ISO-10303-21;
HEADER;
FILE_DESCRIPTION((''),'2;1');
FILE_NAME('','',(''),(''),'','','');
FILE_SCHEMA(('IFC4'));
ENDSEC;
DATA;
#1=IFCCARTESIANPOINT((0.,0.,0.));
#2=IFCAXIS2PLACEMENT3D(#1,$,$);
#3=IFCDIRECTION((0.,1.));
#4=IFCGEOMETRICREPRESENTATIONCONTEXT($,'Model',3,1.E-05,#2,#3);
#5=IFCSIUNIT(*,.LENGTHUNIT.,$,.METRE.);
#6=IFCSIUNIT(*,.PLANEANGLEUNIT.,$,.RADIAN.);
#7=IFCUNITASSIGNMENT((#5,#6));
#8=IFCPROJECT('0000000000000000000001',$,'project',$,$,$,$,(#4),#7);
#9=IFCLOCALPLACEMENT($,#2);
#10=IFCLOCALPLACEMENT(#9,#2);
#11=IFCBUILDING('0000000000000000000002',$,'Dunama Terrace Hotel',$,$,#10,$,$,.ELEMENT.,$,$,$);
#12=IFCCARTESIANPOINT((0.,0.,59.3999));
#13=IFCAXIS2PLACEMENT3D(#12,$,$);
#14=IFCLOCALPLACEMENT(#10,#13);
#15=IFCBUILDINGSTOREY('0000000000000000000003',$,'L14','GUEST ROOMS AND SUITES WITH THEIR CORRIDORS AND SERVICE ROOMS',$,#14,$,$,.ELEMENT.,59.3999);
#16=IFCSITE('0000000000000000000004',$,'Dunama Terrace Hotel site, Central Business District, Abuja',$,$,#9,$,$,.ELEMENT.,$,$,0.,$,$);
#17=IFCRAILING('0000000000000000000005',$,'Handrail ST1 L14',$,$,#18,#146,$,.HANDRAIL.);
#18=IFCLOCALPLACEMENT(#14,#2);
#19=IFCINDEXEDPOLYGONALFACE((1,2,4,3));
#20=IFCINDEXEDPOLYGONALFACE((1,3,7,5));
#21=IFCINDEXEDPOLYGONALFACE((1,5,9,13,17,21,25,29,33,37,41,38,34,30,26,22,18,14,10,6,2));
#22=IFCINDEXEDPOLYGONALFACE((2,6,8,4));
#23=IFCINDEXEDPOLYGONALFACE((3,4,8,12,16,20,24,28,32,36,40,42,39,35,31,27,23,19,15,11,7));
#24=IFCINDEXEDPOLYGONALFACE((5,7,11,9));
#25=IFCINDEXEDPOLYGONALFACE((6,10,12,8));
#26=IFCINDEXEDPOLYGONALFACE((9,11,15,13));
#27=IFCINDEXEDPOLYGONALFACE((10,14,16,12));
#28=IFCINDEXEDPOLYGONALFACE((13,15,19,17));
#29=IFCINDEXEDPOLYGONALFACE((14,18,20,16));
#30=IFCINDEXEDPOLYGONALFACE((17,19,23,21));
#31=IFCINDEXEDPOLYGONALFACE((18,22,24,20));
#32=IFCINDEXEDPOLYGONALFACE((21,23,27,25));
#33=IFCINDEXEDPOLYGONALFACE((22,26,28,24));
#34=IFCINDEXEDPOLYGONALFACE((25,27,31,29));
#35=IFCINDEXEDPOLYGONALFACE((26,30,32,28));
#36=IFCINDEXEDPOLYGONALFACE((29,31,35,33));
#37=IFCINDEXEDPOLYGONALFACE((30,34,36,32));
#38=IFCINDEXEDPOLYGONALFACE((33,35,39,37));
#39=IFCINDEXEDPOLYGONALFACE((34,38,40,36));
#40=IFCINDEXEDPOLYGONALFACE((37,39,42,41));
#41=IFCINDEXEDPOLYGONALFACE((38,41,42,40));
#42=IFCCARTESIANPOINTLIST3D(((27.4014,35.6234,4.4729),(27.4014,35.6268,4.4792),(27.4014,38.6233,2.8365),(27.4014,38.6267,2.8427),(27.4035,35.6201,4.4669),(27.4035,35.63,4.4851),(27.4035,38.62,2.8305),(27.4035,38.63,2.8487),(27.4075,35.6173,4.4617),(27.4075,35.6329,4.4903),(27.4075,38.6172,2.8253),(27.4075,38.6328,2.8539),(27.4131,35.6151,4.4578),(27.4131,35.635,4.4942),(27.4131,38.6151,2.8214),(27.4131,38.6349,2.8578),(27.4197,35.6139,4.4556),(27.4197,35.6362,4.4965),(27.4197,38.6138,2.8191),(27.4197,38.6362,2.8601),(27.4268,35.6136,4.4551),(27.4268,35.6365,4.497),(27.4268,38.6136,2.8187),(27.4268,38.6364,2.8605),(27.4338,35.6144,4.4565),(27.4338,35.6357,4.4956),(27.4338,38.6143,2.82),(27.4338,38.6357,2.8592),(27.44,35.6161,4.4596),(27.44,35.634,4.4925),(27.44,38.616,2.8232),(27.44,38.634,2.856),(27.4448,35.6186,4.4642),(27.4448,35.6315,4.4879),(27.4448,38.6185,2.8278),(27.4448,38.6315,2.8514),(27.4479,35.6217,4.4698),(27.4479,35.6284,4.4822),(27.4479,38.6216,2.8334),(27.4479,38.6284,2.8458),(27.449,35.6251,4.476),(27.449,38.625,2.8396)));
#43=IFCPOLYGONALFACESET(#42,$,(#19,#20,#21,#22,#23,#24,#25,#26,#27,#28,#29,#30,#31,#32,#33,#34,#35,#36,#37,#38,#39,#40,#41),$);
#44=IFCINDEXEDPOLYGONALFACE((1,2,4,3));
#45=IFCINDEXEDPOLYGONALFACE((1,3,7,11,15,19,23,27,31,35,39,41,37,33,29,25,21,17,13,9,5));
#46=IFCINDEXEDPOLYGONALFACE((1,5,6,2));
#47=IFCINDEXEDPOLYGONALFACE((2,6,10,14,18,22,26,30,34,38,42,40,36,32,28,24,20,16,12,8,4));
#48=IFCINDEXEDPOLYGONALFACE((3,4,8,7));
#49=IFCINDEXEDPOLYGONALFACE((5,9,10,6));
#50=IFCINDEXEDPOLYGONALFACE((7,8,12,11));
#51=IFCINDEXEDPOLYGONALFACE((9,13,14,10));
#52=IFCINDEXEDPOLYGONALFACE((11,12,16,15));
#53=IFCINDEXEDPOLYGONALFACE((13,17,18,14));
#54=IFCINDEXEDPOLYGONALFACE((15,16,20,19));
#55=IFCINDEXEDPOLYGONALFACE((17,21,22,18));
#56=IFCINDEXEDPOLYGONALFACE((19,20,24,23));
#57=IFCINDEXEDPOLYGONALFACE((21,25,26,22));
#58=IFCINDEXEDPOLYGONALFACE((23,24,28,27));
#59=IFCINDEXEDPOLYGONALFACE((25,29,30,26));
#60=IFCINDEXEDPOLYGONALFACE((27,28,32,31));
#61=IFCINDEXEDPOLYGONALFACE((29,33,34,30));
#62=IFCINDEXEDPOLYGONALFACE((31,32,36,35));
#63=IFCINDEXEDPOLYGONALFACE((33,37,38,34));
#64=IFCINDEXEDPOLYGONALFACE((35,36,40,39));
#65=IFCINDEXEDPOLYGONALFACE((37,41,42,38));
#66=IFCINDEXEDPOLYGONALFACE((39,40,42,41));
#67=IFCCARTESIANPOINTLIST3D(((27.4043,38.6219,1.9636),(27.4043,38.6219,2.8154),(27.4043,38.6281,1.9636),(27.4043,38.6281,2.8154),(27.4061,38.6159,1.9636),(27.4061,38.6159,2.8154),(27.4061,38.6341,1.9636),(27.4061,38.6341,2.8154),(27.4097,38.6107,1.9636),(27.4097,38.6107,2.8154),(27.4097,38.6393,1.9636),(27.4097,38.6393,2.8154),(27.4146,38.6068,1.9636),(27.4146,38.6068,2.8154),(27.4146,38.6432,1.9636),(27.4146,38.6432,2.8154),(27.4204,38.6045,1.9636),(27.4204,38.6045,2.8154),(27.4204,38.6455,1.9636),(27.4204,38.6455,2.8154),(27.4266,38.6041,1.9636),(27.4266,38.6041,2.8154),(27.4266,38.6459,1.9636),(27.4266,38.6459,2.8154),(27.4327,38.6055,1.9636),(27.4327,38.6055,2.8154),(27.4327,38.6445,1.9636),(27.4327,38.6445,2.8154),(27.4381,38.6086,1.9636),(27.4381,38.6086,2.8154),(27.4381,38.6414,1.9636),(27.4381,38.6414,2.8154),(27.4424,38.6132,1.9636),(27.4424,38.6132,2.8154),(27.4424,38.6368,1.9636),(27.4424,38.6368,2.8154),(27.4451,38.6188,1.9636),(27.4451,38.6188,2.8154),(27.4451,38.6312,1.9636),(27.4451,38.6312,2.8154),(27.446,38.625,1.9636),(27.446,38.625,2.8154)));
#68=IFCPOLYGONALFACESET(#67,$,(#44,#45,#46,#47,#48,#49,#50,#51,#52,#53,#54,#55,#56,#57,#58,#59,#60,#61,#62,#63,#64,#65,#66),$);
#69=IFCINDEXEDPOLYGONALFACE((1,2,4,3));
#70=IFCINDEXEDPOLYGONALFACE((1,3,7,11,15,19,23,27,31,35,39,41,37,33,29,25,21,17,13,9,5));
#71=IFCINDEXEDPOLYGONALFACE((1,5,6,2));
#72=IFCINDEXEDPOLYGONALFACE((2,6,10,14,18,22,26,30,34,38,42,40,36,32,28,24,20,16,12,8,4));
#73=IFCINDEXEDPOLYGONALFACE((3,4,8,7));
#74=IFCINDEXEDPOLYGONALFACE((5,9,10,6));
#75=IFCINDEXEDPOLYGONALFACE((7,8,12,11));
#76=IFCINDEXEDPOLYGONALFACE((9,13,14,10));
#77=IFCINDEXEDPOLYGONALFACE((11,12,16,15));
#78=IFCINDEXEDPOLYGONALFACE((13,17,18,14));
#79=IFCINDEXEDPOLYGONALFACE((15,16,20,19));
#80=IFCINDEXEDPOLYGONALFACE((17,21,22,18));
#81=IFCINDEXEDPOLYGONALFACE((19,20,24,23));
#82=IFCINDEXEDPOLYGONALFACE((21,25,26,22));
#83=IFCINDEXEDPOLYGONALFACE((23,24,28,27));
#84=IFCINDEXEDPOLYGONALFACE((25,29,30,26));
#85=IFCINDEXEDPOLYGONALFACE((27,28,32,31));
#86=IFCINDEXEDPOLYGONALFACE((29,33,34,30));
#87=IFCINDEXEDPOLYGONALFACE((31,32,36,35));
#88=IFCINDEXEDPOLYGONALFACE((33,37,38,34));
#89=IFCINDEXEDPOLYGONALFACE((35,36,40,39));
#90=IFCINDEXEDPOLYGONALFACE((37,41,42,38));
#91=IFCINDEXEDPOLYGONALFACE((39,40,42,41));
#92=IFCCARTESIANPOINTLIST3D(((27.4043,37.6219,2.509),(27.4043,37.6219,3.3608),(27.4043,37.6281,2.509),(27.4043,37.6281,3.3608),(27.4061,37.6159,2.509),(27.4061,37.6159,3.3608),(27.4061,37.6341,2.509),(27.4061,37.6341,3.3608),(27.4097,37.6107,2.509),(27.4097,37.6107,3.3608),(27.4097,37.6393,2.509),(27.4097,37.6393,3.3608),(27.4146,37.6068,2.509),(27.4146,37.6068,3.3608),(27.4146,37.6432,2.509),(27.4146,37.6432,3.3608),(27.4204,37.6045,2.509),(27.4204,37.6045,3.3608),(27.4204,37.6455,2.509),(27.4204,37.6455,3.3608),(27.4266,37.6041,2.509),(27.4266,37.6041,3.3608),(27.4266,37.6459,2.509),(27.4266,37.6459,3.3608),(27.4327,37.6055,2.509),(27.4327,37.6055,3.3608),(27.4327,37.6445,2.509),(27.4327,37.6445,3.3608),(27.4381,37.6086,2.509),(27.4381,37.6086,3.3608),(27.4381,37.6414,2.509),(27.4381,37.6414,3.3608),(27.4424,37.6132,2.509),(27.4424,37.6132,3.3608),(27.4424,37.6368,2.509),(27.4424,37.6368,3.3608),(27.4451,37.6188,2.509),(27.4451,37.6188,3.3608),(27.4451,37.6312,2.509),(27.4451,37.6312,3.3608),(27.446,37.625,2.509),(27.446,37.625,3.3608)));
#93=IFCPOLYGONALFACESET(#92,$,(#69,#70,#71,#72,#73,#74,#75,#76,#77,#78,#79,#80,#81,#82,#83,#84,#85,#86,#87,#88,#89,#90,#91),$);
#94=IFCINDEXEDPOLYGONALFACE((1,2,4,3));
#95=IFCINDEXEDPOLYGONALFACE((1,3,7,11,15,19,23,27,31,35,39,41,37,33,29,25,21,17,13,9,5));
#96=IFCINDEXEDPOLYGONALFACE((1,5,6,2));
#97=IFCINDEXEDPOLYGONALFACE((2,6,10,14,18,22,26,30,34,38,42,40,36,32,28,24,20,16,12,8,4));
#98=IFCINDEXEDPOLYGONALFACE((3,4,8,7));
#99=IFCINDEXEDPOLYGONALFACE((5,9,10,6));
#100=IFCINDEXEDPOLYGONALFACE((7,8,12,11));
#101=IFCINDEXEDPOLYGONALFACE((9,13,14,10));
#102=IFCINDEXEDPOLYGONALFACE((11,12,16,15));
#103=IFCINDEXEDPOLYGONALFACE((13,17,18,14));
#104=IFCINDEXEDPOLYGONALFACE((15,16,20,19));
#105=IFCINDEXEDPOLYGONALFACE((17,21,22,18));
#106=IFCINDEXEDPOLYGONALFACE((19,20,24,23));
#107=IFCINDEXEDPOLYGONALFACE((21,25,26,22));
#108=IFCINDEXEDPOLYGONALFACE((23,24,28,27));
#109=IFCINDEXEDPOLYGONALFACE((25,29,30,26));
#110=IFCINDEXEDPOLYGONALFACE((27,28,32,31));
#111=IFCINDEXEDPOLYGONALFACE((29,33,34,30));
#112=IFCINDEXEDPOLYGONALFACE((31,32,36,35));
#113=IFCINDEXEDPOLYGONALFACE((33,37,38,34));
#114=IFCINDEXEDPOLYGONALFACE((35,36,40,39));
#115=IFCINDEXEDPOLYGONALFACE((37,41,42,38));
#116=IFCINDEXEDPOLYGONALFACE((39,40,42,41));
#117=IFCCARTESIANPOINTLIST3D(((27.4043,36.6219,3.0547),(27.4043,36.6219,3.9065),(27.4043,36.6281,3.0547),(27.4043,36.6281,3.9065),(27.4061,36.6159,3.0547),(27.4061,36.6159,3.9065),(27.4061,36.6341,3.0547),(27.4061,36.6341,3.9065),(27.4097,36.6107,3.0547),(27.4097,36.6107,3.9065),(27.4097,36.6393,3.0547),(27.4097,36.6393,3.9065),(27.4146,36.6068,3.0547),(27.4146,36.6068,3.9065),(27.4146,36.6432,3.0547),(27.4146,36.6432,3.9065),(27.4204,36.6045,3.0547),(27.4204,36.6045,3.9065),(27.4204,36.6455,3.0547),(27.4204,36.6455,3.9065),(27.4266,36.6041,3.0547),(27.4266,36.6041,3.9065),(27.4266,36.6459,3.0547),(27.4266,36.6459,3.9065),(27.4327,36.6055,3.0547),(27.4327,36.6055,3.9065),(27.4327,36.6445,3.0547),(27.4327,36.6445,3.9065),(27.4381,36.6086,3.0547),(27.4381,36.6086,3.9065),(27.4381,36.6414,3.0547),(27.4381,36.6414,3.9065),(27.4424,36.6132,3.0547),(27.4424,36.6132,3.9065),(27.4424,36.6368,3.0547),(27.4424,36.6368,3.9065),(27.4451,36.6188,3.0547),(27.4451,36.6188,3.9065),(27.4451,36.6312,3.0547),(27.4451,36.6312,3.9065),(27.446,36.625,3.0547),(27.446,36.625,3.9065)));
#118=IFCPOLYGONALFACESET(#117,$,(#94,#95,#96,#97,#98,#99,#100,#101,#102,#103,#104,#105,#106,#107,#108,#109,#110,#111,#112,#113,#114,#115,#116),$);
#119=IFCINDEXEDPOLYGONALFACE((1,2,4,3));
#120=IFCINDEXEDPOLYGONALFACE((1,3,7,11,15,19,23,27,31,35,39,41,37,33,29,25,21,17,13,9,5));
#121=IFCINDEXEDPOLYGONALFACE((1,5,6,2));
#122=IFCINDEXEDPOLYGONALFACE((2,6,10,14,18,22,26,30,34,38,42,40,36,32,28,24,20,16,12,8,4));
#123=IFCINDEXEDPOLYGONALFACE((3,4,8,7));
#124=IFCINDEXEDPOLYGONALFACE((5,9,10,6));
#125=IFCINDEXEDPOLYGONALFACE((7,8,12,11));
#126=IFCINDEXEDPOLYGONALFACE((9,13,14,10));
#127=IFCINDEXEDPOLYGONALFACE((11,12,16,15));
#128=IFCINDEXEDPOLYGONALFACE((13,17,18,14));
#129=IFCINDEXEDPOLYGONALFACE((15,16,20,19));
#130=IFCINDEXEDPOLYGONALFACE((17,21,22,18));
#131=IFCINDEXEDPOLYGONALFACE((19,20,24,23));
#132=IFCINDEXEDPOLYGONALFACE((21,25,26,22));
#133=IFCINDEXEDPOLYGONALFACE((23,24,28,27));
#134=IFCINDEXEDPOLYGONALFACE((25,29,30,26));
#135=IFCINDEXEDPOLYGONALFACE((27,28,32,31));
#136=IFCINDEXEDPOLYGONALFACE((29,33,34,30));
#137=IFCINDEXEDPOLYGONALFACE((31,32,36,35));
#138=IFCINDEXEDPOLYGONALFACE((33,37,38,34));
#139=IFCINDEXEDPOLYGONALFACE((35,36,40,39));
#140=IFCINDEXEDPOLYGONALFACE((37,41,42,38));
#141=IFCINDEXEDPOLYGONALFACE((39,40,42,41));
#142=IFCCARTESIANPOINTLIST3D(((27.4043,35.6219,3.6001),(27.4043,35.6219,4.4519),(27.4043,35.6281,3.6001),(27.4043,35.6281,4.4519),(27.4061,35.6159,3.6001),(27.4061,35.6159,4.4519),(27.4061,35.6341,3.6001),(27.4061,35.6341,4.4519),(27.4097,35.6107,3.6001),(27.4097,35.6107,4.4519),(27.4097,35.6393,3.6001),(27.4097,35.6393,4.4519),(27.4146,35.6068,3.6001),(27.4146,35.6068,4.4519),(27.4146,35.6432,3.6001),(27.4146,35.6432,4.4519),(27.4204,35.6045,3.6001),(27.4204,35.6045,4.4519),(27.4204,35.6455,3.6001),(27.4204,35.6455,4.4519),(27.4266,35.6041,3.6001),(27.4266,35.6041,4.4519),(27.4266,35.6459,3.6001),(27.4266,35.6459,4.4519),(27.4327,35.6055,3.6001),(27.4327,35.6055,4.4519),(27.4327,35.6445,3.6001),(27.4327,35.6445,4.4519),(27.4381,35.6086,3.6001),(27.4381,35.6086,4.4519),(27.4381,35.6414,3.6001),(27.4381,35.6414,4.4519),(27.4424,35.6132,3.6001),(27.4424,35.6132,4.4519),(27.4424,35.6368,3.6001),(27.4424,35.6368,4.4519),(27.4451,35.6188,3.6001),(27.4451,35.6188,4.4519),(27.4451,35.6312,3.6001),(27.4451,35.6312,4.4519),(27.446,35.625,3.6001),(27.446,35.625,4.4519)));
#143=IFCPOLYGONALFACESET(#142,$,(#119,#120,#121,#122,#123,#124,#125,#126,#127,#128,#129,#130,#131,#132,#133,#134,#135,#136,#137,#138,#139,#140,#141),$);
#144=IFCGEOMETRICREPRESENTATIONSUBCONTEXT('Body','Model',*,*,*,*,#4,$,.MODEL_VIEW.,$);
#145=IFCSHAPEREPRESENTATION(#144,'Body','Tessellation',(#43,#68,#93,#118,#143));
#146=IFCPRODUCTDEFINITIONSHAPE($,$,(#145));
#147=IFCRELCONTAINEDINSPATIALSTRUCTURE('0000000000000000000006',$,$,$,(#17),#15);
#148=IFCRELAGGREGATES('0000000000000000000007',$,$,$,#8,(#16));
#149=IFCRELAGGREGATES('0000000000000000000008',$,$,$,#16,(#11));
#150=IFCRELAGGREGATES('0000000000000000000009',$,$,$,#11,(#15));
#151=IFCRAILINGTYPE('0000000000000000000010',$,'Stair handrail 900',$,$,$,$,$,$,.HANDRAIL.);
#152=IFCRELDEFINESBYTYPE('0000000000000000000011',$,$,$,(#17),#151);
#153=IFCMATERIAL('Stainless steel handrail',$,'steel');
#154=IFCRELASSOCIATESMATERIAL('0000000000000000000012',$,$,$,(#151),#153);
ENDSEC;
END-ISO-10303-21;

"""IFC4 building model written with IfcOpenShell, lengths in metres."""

from ifc_helpers import new_model, si_unit, direction, frame, origin, origin_2d, place, context, subcontext, project, spatial, circle, extrude, material, type_object, element, save


model = new_model("IFC4")

# Units and contexts
model_context = context("Model", 3, precision=1e-05, world=origin(), true_north=direction((0.0, 1.0)))
body_context = subcontext(model_context, "Body", "Model", "MODEL_VIEW")
ifc_project = project(units=[si_unit("LENGTHUNIT", "METRE"), si_unit("PLANEANGLEUNIT", "RADIAN")], contexts=[model_context])

# Site, building, storey
site_placement = place(None, origin())
site = spatial("IfcSite", under=ifc_project, at=site_placement, Name="Dunama Terrace Hotel site, Central Business District, Abuja", CompositionType="ELEMENT", RefElevation=0.0)
building_placement = place(site_placement, origin())
building = spatial("IfcBuilding", under=site, at=building_placement, Name="Dunama Terrace Hotel", CompositionType="ELEMENT")
storey_placement = place(building_placement, frame((0.0, 0.0, 59.3999)))
storey = spatial("IfcBuildingStorey", under=building, at=storey_placement, Name="L14", Description="GUEST ROOMS AND SUITES WITH THEIR CORRIDORS AND SERVICE ROOMS", CompositionType="ELEMENT", Elevation=59.3999)

# Railing
ifc_material_1 = material(Name="Stainless steel handrail", Category="steel")
railing_type = type_object("IfcRailingType", Name="Stair handrail 900", PredefinedType="HANDRAIL", material=ifc_material_1)
railing_1_placement = place(storey_placement, frame((27.425, 38.625, 1.9636)))
element("IfcRailing", 1, at=railing_1_placement, inside=storey, type_object=railing_type, Name="Handrail ST1 L14", PredefinedType="HANDRAIL", context=body_context, shape_type="SweptSolid", body=[
    extrude(circle(Radius=0.0239, at=origin_2d()), frame((0.0, 0.0, 0.876), z_axis=(0.0, -0.877882, 0.478877), x_axis=(1.0, 0.0, 0.0)), (0.0, 0.0, 1.0), 3.4172),
    extrude(circle(Radius=0.021, at=origin_2d()), origin(), (0.0, 0.0, 1.0), 0.8518),
    extrude(circle(Radius=0.021, at=origin_2d()), frame((0.0, -1.0, 0.5454)), (0.0, 0.0, 1.0), 0.8518),
    extrude(circle(Radius=0.021, at=origin_2d()), frame((0.0, -2.0, 1.0911)), (0.0, 0.0, 1.0), 0.8518),
    extrude(circle(Radius=0.021, at=origin_2d()), frame((0.0, -3.0, 1.6365)), (0.0, 0.0, 1.0), 0.8518),
])

save(model, "model.ifc")
